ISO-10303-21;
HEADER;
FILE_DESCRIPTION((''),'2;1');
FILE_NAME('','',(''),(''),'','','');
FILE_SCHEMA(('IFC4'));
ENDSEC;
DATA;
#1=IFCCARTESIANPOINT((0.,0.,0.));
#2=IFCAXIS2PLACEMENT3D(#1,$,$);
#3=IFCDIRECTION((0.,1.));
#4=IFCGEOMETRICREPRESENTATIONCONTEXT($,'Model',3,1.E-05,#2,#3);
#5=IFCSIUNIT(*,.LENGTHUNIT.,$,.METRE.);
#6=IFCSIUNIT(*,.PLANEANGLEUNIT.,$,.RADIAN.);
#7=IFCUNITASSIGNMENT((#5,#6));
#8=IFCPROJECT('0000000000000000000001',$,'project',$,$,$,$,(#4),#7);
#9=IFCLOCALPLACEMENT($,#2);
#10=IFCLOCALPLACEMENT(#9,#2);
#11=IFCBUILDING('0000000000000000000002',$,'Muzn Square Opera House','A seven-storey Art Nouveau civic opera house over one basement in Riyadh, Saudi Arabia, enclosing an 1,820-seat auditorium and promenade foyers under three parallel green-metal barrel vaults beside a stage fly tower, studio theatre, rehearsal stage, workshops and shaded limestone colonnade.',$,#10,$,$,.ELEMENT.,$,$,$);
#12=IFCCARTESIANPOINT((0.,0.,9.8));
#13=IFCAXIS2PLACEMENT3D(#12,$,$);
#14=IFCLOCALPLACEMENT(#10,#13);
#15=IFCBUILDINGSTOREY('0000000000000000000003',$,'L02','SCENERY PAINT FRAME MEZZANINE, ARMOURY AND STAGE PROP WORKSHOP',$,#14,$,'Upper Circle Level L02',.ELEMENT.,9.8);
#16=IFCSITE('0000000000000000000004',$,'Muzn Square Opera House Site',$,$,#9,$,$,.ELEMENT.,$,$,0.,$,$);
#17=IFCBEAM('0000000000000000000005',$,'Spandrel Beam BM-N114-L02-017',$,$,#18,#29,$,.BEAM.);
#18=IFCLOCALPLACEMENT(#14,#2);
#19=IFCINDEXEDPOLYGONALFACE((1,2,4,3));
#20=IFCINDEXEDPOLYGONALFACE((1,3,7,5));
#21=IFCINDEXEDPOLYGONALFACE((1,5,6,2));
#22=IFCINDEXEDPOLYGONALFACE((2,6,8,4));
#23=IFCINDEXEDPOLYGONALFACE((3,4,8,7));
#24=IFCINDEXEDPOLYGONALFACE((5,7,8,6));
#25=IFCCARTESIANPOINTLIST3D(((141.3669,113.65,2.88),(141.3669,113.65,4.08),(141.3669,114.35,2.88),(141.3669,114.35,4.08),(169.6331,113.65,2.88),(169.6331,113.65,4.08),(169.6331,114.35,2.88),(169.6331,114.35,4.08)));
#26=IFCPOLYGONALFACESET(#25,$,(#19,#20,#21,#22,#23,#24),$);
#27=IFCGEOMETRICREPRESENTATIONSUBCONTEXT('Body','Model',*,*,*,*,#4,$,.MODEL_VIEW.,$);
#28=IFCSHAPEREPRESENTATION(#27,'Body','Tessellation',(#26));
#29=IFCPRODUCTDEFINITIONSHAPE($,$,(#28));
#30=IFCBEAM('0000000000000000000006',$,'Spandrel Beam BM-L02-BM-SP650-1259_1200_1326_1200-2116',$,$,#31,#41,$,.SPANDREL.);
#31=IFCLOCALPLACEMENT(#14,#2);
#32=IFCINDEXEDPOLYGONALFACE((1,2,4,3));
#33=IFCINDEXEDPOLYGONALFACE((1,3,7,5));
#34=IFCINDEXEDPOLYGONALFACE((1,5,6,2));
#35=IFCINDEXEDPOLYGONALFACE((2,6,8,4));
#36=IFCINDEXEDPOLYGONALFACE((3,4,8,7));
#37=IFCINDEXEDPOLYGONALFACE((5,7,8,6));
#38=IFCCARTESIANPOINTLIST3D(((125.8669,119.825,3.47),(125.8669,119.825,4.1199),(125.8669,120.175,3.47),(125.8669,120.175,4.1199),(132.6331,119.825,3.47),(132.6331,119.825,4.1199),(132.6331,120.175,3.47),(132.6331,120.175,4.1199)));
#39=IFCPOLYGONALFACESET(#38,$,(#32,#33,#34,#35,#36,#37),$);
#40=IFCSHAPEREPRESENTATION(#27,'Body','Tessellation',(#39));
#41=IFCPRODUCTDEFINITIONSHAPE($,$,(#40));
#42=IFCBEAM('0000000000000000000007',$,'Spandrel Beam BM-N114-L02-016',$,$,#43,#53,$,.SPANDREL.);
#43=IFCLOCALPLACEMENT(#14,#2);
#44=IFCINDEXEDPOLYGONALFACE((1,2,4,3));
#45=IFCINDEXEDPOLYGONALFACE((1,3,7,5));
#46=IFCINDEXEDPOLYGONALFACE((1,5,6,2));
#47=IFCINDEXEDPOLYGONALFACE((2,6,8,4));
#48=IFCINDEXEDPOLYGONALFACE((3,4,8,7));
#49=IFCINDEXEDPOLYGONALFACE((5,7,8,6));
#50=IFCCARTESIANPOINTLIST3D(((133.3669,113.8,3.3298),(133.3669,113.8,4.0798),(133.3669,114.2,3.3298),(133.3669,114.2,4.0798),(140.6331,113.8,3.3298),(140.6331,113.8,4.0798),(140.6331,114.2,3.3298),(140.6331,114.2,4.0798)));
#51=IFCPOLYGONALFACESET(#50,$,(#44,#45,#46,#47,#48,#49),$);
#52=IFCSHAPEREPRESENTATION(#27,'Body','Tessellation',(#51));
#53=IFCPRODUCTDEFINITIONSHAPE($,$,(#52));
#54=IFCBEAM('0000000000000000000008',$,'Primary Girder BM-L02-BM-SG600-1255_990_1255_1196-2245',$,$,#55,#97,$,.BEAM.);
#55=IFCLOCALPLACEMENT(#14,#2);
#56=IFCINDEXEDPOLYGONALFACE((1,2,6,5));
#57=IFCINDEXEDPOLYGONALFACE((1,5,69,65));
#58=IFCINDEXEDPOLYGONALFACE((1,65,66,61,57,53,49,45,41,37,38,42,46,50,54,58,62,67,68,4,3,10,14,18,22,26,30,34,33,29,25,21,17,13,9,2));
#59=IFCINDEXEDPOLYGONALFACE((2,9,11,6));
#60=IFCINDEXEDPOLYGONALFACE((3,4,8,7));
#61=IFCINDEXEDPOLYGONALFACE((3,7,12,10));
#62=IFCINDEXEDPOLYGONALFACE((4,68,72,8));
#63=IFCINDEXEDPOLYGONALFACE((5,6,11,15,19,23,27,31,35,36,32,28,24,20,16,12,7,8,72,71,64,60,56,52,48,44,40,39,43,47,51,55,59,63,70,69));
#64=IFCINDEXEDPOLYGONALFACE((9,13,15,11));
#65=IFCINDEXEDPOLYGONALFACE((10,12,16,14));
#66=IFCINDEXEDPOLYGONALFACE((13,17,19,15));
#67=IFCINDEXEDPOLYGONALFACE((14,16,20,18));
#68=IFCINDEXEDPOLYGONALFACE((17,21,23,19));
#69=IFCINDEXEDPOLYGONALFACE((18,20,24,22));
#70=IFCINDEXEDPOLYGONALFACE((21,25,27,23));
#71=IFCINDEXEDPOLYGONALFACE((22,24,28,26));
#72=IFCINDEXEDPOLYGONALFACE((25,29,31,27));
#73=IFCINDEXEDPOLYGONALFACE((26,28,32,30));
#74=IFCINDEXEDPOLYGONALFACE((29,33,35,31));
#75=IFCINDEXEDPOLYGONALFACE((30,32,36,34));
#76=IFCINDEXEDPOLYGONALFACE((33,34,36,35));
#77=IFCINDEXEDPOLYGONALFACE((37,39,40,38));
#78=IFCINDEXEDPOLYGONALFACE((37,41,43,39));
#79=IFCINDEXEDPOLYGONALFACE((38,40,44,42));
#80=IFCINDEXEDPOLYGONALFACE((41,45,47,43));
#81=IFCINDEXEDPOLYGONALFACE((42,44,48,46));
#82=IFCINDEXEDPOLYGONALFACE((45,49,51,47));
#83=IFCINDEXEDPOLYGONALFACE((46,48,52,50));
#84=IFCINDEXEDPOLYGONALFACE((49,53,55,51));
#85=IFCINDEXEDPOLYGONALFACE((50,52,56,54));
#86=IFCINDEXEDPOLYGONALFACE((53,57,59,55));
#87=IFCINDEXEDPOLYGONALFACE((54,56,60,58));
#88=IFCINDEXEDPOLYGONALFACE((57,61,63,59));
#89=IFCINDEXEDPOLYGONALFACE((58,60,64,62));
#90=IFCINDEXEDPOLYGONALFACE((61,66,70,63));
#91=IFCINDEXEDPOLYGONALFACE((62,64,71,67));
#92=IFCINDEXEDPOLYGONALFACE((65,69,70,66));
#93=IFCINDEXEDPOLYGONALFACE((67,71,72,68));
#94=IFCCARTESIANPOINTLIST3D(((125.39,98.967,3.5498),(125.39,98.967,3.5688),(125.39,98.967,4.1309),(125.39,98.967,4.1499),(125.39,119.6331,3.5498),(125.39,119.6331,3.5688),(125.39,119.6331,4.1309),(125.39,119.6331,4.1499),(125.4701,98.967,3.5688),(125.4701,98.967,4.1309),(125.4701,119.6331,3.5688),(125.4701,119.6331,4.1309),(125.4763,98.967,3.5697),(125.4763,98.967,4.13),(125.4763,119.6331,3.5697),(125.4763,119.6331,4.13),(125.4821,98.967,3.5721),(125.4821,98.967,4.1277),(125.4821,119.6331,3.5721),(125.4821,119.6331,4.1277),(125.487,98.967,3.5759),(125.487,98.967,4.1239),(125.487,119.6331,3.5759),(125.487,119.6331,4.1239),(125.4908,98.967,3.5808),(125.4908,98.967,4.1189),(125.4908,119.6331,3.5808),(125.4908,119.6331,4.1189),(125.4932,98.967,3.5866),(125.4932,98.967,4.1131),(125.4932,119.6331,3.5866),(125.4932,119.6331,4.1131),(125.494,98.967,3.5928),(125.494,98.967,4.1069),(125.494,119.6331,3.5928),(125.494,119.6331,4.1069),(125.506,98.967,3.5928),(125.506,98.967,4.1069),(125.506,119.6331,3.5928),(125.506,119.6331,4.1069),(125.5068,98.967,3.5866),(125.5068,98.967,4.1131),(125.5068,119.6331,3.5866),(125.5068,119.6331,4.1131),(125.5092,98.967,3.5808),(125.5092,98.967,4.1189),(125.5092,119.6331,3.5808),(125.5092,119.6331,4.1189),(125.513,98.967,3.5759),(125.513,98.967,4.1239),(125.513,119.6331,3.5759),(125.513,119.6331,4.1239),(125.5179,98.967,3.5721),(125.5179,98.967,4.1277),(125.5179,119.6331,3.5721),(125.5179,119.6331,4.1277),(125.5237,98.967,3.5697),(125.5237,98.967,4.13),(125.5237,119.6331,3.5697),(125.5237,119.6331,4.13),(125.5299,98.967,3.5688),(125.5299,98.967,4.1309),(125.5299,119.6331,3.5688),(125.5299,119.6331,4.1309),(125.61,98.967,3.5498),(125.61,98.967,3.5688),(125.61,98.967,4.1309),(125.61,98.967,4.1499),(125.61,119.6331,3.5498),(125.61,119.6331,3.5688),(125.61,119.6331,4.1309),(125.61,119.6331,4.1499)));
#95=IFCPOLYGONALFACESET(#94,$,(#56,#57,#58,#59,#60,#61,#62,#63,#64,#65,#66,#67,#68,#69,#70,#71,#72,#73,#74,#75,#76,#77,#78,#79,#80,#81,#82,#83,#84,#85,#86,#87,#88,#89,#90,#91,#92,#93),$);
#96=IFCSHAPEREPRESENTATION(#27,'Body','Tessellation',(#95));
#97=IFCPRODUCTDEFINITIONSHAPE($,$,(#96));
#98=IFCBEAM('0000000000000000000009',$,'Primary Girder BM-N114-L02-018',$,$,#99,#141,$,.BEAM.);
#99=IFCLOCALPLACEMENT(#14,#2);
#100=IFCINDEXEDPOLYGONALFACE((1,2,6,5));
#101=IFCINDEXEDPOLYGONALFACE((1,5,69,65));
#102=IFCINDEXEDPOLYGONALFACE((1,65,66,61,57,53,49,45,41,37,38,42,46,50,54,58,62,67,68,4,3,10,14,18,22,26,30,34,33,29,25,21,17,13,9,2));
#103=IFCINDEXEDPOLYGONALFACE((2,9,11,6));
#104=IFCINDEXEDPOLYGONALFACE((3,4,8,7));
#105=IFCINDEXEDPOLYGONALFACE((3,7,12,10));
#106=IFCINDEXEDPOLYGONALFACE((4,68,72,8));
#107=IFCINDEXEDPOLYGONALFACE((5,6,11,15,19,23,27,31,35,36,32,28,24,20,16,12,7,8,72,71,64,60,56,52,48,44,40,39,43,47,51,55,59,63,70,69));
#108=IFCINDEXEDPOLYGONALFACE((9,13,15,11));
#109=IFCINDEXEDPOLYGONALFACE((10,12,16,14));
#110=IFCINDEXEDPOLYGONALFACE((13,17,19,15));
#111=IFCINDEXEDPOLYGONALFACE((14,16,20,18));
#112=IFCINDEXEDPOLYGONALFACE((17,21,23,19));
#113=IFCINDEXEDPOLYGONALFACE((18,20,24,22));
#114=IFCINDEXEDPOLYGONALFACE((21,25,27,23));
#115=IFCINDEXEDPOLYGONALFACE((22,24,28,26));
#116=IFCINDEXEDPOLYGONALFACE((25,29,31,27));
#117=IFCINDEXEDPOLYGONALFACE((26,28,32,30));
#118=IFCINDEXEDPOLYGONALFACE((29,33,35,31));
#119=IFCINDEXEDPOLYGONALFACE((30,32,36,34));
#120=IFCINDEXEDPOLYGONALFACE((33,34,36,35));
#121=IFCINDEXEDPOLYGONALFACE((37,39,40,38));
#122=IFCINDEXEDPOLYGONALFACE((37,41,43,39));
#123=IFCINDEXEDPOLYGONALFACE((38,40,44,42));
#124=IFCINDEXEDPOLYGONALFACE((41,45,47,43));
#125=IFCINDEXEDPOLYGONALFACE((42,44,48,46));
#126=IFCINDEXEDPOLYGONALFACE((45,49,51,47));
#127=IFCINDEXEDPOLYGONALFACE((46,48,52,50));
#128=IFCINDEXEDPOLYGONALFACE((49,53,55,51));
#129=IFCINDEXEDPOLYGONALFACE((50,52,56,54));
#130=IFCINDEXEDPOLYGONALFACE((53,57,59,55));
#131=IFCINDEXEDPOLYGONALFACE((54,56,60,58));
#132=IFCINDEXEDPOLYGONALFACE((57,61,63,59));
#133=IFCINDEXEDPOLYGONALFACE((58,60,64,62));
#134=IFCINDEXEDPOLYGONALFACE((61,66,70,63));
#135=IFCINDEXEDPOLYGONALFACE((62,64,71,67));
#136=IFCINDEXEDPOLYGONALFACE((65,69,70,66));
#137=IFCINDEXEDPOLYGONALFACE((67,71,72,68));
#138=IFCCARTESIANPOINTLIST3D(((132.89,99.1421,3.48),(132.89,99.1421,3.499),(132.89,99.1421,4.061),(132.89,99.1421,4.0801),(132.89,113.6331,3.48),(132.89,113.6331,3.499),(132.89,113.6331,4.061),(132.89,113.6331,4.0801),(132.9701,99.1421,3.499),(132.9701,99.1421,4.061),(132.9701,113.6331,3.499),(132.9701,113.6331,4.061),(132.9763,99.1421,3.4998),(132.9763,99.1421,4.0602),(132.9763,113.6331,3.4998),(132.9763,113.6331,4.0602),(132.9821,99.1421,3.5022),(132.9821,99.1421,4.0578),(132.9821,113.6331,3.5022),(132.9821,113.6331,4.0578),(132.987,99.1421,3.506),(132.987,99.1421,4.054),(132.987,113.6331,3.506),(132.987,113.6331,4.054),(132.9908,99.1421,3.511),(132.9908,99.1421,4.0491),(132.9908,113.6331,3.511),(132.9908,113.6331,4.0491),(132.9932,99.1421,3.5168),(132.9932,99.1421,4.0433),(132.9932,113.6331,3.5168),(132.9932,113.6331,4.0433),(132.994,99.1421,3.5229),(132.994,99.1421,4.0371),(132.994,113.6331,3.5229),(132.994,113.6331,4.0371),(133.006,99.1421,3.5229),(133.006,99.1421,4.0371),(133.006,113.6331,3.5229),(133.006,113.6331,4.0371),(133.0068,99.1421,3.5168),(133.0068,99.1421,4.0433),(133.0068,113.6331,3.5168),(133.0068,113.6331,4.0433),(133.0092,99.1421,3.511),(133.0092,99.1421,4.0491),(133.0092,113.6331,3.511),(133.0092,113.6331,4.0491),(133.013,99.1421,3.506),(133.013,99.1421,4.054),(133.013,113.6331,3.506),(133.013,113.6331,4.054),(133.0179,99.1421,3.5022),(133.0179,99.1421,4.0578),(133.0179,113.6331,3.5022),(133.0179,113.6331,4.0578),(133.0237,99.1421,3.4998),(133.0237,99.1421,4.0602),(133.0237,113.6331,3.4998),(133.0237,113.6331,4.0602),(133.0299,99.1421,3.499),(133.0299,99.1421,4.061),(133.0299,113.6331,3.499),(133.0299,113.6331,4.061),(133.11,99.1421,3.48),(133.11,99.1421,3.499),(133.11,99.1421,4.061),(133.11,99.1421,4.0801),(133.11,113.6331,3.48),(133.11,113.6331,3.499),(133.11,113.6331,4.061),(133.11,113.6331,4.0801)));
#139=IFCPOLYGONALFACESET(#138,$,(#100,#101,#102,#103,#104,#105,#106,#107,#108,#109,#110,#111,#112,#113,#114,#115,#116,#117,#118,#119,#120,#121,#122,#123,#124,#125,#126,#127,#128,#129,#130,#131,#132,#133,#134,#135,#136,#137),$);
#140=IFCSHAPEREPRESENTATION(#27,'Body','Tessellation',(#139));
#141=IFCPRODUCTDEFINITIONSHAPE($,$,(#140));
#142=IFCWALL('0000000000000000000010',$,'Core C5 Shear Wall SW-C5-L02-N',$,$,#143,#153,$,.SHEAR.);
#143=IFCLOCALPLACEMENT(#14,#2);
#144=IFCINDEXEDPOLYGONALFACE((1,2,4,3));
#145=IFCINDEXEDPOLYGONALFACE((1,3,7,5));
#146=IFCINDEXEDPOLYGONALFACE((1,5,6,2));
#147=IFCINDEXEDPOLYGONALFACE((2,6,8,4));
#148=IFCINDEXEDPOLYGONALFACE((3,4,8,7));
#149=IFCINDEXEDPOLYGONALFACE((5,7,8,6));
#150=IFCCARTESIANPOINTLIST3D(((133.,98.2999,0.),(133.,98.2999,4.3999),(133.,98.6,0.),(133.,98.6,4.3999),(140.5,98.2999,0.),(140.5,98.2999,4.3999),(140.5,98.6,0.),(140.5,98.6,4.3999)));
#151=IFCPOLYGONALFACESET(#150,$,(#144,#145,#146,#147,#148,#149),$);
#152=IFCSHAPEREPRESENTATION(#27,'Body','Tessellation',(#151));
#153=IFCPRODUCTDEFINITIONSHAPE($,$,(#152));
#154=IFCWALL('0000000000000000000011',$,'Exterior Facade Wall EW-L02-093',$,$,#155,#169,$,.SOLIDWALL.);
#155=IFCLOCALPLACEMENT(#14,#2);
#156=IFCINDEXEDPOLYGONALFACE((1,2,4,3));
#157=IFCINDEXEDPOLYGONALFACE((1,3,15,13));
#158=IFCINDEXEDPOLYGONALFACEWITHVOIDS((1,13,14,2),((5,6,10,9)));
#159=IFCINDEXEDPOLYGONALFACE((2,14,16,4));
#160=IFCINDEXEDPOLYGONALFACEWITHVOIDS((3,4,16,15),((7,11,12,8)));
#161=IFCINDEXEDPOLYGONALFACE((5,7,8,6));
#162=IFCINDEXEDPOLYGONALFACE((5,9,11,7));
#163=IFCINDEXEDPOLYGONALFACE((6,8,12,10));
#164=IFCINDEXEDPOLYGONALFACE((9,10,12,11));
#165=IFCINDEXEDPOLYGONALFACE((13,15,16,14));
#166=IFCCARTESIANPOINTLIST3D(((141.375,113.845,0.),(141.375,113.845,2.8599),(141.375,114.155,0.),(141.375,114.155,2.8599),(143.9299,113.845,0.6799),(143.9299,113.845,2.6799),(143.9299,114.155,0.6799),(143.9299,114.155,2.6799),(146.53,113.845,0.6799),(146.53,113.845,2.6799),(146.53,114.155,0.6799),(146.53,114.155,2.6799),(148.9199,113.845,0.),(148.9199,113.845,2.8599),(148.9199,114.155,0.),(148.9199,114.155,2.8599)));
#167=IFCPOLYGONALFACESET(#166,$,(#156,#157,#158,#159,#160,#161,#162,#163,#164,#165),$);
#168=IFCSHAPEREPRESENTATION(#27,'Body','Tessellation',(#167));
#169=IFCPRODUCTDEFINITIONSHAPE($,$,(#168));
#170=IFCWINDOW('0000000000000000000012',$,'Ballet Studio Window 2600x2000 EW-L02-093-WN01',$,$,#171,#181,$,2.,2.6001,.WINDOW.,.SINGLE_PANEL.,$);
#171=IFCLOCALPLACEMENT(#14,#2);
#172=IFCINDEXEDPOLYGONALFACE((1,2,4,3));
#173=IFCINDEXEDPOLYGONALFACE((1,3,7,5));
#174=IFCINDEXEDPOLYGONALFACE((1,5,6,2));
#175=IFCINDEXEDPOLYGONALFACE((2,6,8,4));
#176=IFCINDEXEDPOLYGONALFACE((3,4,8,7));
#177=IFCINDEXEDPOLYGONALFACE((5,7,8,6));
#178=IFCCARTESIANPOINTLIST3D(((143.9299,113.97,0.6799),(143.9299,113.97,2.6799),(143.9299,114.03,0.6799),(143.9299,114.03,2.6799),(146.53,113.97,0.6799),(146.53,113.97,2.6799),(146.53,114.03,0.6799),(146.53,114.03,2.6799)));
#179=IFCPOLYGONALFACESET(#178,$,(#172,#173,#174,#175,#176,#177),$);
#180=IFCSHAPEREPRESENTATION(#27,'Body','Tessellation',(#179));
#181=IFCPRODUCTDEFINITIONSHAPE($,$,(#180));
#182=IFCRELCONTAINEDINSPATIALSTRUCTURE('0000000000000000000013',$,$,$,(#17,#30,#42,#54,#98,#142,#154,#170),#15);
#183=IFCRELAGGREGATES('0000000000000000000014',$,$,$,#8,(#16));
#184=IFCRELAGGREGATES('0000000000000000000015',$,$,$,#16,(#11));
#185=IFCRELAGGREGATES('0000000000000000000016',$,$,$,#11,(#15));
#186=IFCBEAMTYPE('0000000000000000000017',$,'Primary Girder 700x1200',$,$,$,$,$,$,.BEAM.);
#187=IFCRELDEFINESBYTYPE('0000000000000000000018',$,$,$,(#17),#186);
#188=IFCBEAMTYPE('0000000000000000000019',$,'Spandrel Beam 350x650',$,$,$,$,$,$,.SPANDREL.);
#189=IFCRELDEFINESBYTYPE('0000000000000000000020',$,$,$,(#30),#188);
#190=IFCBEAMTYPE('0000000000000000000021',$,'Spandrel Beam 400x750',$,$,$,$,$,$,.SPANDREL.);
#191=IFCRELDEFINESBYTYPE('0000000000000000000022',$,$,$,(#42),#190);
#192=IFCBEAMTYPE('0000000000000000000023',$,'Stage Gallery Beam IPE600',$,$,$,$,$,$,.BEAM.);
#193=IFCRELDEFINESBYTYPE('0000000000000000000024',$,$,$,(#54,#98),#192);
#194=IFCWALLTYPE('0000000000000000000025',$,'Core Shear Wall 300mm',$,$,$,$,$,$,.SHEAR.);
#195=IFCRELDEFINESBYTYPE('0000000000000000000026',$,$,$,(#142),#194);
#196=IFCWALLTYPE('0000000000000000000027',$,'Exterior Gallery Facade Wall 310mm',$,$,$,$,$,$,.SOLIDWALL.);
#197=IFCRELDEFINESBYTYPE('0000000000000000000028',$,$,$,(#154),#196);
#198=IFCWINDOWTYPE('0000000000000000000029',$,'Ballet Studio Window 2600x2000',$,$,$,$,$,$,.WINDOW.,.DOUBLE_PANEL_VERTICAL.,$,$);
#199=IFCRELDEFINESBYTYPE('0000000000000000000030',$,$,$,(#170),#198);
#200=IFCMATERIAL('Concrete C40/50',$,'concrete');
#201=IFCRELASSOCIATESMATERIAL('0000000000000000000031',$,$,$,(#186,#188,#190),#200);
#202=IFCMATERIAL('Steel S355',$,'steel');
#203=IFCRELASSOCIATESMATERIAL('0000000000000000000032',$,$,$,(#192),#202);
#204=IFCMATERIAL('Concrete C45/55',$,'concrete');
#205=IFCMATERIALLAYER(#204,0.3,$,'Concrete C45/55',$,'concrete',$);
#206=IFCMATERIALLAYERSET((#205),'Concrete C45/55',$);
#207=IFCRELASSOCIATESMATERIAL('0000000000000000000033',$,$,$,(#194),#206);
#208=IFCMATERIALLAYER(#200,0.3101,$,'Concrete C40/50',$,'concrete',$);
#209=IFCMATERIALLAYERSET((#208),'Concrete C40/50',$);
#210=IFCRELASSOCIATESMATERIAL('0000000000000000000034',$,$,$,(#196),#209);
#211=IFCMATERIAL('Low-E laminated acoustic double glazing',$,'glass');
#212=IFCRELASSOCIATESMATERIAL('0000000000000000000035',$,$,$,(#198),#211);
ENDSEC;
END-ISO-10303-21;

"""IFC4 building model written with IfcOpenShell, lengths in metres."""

from ifc_helpers import new_model, si_unit, direction, frame, frame_2d, origin, origin_2d, place, context, subcontext, project, spatial, rectangle, i_section, extrude, material, layer, layer_set, material_profile, profile_set, type_object, element, fill, save


model = new_model("IFC4")

# Units and contexts
model_context = context("Model", 3, precision=1e-05, world=origin(), true_north=direction((0.0, 1.0)))
body_context = subcontext(model_context, "Body", "Model", "MODEL_VIEW")
ifc_project = project(units=[si_unit("LENGTHUNIT", "METRE"), si_unit("PLANEANGLEUNIT", "RADIAN")], contexts=[model_context])

# Site, building, storey
site_placement = place(None, origin())
site = spatial("IfcSite", under=ifc_project, at=site_placement, Name="Muzn Square Opera House Site", CompositionType="ELEMENT", RefElevation=0.0)
building_placement = place(site_placement, origin())
building = spatial("IfcBuilding", under=site, at=building_placement, Name="Muzn Square Opera House", Description="A seven-storey Art Nouveau civic opera house over one basement in Riyadh, Saudi Arabia, enclosing an 1,820-seat auditorium and promenade foyers under three parallel green-metal barrel vaults beside a stage fly tower, studio theatre, rehearsal stage, workshops and shaded limestone colonnade.", CompositionType="ELEMENT")
storey_placement = place(building_placement, frame((0.0, 0.0, 9.8)))
storey = spatial("IfcBuildingStorey", under=building, at=storey_placement, Name="L02", Description="SCENERY PAINT FRAME MEZZANINE, ARMOURY AND STAGE PROP WORKSHOP", LongName="Upper Circle Level L02", CompositionType="ELEMENT", Elevation=9.8)

# Shared definitions
ifc_material_1 = material(Name="Concrete C45/55", Category="concrete")

# Beams
ifc_material_2 = material(Name="Concrete C40/50", Category="concrete")
ifc_material_3 = material(Name="Steel S355", Category="steel")
ifc_material_profile_1 = material_profile(ifc_material_2, rectangle(XDim=0.7, YDim=1.2, at=origin_2d()), Name="RCB 700x1200", Category="concrete")
ifc_profile_set_1 = profile_set([ifc_material_profile_1], Name="Concrete C40/50")
beam_type_1 = type_object("IfcBeamType", Name="Primary Girder 700x1200", PredefinedType="BEAM", material=ifc_profile_set_1)
beam_1_placement = place(storey_placement, frame((141.3669, 114.0, 3.48), z_axis=(1.0, 0.0, 0.0), x_axis=(0.0, 1.0, 0.0)))
element("IfcBeam", 1, at=beam_1_placement, inside=storey, type_object=beam_type_1, Name="Spandrel Beam BM-N114-L02-017", PredefinedType="BEAM", context=body_context, shape_type="SweptSolid", body=[
    extrude(rectangle(XDim=0.7, YDim=1.2, at=origin_2d()), origin(), (0.0, 0.0, 1.0), 28.2661),
])
ifc_material_profile_2 = material_profile(ifc_material_2, rectangle(XDim=0.3501, YDim=0.6499, at=origin_2d()), Name="RCS 350x650", Category="concrete")
ifc_profile_set_2 = profile_set([ifc_material_profile_2], Name="Concrete C40/50")
beam_type_2 = type_object("IfcBeamType", Name="Spandrel Beam 350x650", PredefinedType="SPANDREL", material=ifc_profile_set_2)
beam_2_placement = place(storey_placement, frame((125.8669, 120.0, 3.7949), z_axis=(1.0, 0.0, 0.0), x_axis=(0.0, 1.0, 0.0)))
element("IfcBeam", 2, at=beam_2_placement, inside=storey, type_object=beam_type_2, Name="Spandrel Beam BM-L02-BM-SP650-1259_1200_1326_1200-2116", PredefinedType="SPANDREL", context=body_context, shape_type="SweptSolid", body=[
    extrude(rectangle(XDim=0.3501, YDim=0.6499, at=origin_2d()), origin(), (0.0, 0.0, 1.0), 6.7661),
])
ifc_material_profile_3 = material_profile(ifc_material_2, rectangle(XDim=0.3999, YDim=0.75, at=origin_2d()), Name="RCS 400x750", Category="concrete")
ifc_profile_set_3 = profile_set([ifc_material_profile_3], Name="Concrete C40/50")
beam_type_3 = type_object("IfcBeamType", Name="Spandrel Beam 400x750", PredefinedType="SPANDREL", material=ifc_profile_set_3)
beam_3_placement = place(storey_placement, frame((133.3669, 114.0, 3.7048), z_axis=(1.0, 0.0, 0.0), x_axis=(0.0, 1.0, 0.0)))
element("IfcBeam", 3, at=beam_3_placement, inside=storey, type_object=beam_type_3, Name="Spandrel Beam BM-N114-L02-016", PredefinedType="SPANDREL", context=body_context, shape_type="SweptSolid", body=[
    extrude(rectangle(XDim=0.3999, YDim=0.75, at=origin_2d()), origin(), (0.0, 0.0, 1.0), 7.2661),
])
ifc_material_profile_4 = material_profile(ifc_material_3, i_section(OverallWidth=0.22, OverallDepth=0.6001, WebThickness=0.012, FlangeThickness=0.019, FilletRadius=0.0239, at=origin_2d()), Name="IPE 600", Category="steel")
ifc_profile_set_4 = profile_set([ifc_material_profile_4], Name="Steel S355")
beam_type_4 = type_object("IfcBeamType", Name="Stage Gallery Beam IPE600", PredefinedType="BEAM", material=ifc_profile_set_4)
beam_4_placement = place(storey_placement, frame((125.5, 98.967, 3.8499), z_axis=(0.0, 1.0, 0.0), x_axis=(-1.0, 0.0, 0.0)))
element("IfcBeam", 4, at=beam_4_placement, inside=storey, type_object=beam_type_4, Name="Primary Girder BM-L02-BM-SG600-1255_990_1255_1196-2245", PredefinedType="BEAM", context=body_context, shape_type="SweptSolid", body=[
    extrude(i_section(OverallWidth=0.22, OverallDepth=0.6001, WebThickness=0.012, FlangeThickness=0.019, FilletRadius=0.0239, at=origin_2d()), origin(), (0.0, 0.0, 1.0), 20.666),
])
beam_5_placement = place(storey_placement, frame((133.0, 99.1421, 3.78), z_axis=(0.0, 1.0, 0.0), x_axis=(-1.0, 0.0, 0.0)))
element("IfcBeam", 5, at=beam_5_placement, inside=storey, type_object=beam_type_4, Name="Primary Girder BM-N114-L02-018", PredefinedType="BEAM", context=body_context, shape_type="SweptSolid", body=[
    extrude(i_section(OverallWidth=0.22, OverallDepth=0.6001, WebThickness=0.012, FlangeThickness=0.019, FilletRadius=0.0239, at=origin_2d()), origin(), (0.0, 0.0, 1.0), 14.491),
])

# Wall
ifc_layer_1 = layer(ifc_material_1, 0.3, Name="Concrete C45/55", Category="concrete")
ifc_layer_set_1 = layer_set([ifc_layer_1], Name="Concrete C45/55")
wall_type_1 = type_object("IfcWallType", Name="Core Shear Wall 300mm", PredefinedType="SHEAR", material=ifc_layer_set_1)
wall_1_placement = place(storey_placement, frame((133.0, 98.45, 0.0), z_axis=(0.0, 0.0, 1.0), x_axis=(1.0, 0.0, 0.0)))
element("IfcWall", 6, at=wall_1_placement, inside=storey, type_object=wall_type_1, Name="Core C5 Shear Wall SW-C5-L02-N", PredefinedType="SHEAR", context=body_context, shape_type="SweptSolid", body=[
    extrude(rectangle(XDim=7.5, YDim=0.3, at=frame_2d((3.75, 0.0))), origin(), (0.0, 0.0, 1.0), 4.3999),
])

# Wall, opening, window
ifc_layer_2 = layer(ifc_material_2, 0.3101, Name="Concrete C40/50", Category="concrete")
ifc_layer_set_2 = layer_set([ifc_layer_2], Name="Concrete C40/50")
wall_type_2 = type_object("IfcWallType", Name="Exterior Gallery Facade Wall 310mm", PredefinedType="SOLIDWALL", material=ifc_layer_set_2)
wall_2_placement = place(storey_placement, frame((141.375, 114.0, 0.0), z_axis=(0.0, 0.0, 1.0), x_axis=(1.0, 0.0, 0.0)))
wall_2 = element("IfcWall", 7, at=wall_2_placement, inside=storey, type_object=wall_type_2, Name="Exterior Facade Wall EW-L02-093", PredefinedType="SOLIDWALL", context=body_context, shape_type="SweptSolid", body=[
    extrude(rectangle(XDim=7.5449, YDim=0.3101, at=frame_2d((3.7725, 0.0))), origin(), (0.0, 0.0, 1.0), 2.8599),
])
opening_1_placement = place(wall_2_placement, frame((2.5549, 0.0, 0.6799)))
opening_1 = element("IfcOpeningElement", 8, at=opening_1_placement, cuts=wall_2, PredefinedType="OPENING", context=body_context, shape_type="SweptSolid", body=[
    extrude(rectangle(XDim=2.6001, YDim=2.0, at=frame_2d((1.3, 1.0))), frame((0.0, 0.165, 0.0), z_axis=(0.0, -1.0, 0.0), x_axis=(1.0, 0.0, 0.0)), (0.0, 0.0, 1.0), 0.3301),
])
ifc_material_4 = material(Name="Low-E laminated acoustic double glazing", Category="glass")
window_type_1 = type_object("IfcWindowType", Name="Ballet Studio Window 2600x2000", PartitioningType="DOUBLE_PANEL_VERTICAL", PredefinedType="WINDOW", material=ifc_material_4)
window_1_placement = place(opening_1_placement, origin())
window_1 = element("IfcWindow", 9, at=window_1_placement, inside=storey, type_object=window_type_1, Name="Ballet Studio Window 2600x2000 EW-L02-093-WN01", OverallHeight=2.0, OverallWidth=2.6001, PartitioningType="SINGLE_PANEL", PredefinedType="WINDOW", context=body_context, shape_type="SweptSolid", body=[
    extrude(rectangle(XDim=2.6001, YDim=2.0, at=frame_2d((1.3, 1.0))), frame((0.0, 0.03, 0.0), z_axis=(0.0, -1.0, 0.0), x_axis=(1.0, 0.0, 0.0)), (0.0, 0.0, 1.0), 0.0601),
])
fill(opening_1, window_1)

save(model, "model.ifc")
